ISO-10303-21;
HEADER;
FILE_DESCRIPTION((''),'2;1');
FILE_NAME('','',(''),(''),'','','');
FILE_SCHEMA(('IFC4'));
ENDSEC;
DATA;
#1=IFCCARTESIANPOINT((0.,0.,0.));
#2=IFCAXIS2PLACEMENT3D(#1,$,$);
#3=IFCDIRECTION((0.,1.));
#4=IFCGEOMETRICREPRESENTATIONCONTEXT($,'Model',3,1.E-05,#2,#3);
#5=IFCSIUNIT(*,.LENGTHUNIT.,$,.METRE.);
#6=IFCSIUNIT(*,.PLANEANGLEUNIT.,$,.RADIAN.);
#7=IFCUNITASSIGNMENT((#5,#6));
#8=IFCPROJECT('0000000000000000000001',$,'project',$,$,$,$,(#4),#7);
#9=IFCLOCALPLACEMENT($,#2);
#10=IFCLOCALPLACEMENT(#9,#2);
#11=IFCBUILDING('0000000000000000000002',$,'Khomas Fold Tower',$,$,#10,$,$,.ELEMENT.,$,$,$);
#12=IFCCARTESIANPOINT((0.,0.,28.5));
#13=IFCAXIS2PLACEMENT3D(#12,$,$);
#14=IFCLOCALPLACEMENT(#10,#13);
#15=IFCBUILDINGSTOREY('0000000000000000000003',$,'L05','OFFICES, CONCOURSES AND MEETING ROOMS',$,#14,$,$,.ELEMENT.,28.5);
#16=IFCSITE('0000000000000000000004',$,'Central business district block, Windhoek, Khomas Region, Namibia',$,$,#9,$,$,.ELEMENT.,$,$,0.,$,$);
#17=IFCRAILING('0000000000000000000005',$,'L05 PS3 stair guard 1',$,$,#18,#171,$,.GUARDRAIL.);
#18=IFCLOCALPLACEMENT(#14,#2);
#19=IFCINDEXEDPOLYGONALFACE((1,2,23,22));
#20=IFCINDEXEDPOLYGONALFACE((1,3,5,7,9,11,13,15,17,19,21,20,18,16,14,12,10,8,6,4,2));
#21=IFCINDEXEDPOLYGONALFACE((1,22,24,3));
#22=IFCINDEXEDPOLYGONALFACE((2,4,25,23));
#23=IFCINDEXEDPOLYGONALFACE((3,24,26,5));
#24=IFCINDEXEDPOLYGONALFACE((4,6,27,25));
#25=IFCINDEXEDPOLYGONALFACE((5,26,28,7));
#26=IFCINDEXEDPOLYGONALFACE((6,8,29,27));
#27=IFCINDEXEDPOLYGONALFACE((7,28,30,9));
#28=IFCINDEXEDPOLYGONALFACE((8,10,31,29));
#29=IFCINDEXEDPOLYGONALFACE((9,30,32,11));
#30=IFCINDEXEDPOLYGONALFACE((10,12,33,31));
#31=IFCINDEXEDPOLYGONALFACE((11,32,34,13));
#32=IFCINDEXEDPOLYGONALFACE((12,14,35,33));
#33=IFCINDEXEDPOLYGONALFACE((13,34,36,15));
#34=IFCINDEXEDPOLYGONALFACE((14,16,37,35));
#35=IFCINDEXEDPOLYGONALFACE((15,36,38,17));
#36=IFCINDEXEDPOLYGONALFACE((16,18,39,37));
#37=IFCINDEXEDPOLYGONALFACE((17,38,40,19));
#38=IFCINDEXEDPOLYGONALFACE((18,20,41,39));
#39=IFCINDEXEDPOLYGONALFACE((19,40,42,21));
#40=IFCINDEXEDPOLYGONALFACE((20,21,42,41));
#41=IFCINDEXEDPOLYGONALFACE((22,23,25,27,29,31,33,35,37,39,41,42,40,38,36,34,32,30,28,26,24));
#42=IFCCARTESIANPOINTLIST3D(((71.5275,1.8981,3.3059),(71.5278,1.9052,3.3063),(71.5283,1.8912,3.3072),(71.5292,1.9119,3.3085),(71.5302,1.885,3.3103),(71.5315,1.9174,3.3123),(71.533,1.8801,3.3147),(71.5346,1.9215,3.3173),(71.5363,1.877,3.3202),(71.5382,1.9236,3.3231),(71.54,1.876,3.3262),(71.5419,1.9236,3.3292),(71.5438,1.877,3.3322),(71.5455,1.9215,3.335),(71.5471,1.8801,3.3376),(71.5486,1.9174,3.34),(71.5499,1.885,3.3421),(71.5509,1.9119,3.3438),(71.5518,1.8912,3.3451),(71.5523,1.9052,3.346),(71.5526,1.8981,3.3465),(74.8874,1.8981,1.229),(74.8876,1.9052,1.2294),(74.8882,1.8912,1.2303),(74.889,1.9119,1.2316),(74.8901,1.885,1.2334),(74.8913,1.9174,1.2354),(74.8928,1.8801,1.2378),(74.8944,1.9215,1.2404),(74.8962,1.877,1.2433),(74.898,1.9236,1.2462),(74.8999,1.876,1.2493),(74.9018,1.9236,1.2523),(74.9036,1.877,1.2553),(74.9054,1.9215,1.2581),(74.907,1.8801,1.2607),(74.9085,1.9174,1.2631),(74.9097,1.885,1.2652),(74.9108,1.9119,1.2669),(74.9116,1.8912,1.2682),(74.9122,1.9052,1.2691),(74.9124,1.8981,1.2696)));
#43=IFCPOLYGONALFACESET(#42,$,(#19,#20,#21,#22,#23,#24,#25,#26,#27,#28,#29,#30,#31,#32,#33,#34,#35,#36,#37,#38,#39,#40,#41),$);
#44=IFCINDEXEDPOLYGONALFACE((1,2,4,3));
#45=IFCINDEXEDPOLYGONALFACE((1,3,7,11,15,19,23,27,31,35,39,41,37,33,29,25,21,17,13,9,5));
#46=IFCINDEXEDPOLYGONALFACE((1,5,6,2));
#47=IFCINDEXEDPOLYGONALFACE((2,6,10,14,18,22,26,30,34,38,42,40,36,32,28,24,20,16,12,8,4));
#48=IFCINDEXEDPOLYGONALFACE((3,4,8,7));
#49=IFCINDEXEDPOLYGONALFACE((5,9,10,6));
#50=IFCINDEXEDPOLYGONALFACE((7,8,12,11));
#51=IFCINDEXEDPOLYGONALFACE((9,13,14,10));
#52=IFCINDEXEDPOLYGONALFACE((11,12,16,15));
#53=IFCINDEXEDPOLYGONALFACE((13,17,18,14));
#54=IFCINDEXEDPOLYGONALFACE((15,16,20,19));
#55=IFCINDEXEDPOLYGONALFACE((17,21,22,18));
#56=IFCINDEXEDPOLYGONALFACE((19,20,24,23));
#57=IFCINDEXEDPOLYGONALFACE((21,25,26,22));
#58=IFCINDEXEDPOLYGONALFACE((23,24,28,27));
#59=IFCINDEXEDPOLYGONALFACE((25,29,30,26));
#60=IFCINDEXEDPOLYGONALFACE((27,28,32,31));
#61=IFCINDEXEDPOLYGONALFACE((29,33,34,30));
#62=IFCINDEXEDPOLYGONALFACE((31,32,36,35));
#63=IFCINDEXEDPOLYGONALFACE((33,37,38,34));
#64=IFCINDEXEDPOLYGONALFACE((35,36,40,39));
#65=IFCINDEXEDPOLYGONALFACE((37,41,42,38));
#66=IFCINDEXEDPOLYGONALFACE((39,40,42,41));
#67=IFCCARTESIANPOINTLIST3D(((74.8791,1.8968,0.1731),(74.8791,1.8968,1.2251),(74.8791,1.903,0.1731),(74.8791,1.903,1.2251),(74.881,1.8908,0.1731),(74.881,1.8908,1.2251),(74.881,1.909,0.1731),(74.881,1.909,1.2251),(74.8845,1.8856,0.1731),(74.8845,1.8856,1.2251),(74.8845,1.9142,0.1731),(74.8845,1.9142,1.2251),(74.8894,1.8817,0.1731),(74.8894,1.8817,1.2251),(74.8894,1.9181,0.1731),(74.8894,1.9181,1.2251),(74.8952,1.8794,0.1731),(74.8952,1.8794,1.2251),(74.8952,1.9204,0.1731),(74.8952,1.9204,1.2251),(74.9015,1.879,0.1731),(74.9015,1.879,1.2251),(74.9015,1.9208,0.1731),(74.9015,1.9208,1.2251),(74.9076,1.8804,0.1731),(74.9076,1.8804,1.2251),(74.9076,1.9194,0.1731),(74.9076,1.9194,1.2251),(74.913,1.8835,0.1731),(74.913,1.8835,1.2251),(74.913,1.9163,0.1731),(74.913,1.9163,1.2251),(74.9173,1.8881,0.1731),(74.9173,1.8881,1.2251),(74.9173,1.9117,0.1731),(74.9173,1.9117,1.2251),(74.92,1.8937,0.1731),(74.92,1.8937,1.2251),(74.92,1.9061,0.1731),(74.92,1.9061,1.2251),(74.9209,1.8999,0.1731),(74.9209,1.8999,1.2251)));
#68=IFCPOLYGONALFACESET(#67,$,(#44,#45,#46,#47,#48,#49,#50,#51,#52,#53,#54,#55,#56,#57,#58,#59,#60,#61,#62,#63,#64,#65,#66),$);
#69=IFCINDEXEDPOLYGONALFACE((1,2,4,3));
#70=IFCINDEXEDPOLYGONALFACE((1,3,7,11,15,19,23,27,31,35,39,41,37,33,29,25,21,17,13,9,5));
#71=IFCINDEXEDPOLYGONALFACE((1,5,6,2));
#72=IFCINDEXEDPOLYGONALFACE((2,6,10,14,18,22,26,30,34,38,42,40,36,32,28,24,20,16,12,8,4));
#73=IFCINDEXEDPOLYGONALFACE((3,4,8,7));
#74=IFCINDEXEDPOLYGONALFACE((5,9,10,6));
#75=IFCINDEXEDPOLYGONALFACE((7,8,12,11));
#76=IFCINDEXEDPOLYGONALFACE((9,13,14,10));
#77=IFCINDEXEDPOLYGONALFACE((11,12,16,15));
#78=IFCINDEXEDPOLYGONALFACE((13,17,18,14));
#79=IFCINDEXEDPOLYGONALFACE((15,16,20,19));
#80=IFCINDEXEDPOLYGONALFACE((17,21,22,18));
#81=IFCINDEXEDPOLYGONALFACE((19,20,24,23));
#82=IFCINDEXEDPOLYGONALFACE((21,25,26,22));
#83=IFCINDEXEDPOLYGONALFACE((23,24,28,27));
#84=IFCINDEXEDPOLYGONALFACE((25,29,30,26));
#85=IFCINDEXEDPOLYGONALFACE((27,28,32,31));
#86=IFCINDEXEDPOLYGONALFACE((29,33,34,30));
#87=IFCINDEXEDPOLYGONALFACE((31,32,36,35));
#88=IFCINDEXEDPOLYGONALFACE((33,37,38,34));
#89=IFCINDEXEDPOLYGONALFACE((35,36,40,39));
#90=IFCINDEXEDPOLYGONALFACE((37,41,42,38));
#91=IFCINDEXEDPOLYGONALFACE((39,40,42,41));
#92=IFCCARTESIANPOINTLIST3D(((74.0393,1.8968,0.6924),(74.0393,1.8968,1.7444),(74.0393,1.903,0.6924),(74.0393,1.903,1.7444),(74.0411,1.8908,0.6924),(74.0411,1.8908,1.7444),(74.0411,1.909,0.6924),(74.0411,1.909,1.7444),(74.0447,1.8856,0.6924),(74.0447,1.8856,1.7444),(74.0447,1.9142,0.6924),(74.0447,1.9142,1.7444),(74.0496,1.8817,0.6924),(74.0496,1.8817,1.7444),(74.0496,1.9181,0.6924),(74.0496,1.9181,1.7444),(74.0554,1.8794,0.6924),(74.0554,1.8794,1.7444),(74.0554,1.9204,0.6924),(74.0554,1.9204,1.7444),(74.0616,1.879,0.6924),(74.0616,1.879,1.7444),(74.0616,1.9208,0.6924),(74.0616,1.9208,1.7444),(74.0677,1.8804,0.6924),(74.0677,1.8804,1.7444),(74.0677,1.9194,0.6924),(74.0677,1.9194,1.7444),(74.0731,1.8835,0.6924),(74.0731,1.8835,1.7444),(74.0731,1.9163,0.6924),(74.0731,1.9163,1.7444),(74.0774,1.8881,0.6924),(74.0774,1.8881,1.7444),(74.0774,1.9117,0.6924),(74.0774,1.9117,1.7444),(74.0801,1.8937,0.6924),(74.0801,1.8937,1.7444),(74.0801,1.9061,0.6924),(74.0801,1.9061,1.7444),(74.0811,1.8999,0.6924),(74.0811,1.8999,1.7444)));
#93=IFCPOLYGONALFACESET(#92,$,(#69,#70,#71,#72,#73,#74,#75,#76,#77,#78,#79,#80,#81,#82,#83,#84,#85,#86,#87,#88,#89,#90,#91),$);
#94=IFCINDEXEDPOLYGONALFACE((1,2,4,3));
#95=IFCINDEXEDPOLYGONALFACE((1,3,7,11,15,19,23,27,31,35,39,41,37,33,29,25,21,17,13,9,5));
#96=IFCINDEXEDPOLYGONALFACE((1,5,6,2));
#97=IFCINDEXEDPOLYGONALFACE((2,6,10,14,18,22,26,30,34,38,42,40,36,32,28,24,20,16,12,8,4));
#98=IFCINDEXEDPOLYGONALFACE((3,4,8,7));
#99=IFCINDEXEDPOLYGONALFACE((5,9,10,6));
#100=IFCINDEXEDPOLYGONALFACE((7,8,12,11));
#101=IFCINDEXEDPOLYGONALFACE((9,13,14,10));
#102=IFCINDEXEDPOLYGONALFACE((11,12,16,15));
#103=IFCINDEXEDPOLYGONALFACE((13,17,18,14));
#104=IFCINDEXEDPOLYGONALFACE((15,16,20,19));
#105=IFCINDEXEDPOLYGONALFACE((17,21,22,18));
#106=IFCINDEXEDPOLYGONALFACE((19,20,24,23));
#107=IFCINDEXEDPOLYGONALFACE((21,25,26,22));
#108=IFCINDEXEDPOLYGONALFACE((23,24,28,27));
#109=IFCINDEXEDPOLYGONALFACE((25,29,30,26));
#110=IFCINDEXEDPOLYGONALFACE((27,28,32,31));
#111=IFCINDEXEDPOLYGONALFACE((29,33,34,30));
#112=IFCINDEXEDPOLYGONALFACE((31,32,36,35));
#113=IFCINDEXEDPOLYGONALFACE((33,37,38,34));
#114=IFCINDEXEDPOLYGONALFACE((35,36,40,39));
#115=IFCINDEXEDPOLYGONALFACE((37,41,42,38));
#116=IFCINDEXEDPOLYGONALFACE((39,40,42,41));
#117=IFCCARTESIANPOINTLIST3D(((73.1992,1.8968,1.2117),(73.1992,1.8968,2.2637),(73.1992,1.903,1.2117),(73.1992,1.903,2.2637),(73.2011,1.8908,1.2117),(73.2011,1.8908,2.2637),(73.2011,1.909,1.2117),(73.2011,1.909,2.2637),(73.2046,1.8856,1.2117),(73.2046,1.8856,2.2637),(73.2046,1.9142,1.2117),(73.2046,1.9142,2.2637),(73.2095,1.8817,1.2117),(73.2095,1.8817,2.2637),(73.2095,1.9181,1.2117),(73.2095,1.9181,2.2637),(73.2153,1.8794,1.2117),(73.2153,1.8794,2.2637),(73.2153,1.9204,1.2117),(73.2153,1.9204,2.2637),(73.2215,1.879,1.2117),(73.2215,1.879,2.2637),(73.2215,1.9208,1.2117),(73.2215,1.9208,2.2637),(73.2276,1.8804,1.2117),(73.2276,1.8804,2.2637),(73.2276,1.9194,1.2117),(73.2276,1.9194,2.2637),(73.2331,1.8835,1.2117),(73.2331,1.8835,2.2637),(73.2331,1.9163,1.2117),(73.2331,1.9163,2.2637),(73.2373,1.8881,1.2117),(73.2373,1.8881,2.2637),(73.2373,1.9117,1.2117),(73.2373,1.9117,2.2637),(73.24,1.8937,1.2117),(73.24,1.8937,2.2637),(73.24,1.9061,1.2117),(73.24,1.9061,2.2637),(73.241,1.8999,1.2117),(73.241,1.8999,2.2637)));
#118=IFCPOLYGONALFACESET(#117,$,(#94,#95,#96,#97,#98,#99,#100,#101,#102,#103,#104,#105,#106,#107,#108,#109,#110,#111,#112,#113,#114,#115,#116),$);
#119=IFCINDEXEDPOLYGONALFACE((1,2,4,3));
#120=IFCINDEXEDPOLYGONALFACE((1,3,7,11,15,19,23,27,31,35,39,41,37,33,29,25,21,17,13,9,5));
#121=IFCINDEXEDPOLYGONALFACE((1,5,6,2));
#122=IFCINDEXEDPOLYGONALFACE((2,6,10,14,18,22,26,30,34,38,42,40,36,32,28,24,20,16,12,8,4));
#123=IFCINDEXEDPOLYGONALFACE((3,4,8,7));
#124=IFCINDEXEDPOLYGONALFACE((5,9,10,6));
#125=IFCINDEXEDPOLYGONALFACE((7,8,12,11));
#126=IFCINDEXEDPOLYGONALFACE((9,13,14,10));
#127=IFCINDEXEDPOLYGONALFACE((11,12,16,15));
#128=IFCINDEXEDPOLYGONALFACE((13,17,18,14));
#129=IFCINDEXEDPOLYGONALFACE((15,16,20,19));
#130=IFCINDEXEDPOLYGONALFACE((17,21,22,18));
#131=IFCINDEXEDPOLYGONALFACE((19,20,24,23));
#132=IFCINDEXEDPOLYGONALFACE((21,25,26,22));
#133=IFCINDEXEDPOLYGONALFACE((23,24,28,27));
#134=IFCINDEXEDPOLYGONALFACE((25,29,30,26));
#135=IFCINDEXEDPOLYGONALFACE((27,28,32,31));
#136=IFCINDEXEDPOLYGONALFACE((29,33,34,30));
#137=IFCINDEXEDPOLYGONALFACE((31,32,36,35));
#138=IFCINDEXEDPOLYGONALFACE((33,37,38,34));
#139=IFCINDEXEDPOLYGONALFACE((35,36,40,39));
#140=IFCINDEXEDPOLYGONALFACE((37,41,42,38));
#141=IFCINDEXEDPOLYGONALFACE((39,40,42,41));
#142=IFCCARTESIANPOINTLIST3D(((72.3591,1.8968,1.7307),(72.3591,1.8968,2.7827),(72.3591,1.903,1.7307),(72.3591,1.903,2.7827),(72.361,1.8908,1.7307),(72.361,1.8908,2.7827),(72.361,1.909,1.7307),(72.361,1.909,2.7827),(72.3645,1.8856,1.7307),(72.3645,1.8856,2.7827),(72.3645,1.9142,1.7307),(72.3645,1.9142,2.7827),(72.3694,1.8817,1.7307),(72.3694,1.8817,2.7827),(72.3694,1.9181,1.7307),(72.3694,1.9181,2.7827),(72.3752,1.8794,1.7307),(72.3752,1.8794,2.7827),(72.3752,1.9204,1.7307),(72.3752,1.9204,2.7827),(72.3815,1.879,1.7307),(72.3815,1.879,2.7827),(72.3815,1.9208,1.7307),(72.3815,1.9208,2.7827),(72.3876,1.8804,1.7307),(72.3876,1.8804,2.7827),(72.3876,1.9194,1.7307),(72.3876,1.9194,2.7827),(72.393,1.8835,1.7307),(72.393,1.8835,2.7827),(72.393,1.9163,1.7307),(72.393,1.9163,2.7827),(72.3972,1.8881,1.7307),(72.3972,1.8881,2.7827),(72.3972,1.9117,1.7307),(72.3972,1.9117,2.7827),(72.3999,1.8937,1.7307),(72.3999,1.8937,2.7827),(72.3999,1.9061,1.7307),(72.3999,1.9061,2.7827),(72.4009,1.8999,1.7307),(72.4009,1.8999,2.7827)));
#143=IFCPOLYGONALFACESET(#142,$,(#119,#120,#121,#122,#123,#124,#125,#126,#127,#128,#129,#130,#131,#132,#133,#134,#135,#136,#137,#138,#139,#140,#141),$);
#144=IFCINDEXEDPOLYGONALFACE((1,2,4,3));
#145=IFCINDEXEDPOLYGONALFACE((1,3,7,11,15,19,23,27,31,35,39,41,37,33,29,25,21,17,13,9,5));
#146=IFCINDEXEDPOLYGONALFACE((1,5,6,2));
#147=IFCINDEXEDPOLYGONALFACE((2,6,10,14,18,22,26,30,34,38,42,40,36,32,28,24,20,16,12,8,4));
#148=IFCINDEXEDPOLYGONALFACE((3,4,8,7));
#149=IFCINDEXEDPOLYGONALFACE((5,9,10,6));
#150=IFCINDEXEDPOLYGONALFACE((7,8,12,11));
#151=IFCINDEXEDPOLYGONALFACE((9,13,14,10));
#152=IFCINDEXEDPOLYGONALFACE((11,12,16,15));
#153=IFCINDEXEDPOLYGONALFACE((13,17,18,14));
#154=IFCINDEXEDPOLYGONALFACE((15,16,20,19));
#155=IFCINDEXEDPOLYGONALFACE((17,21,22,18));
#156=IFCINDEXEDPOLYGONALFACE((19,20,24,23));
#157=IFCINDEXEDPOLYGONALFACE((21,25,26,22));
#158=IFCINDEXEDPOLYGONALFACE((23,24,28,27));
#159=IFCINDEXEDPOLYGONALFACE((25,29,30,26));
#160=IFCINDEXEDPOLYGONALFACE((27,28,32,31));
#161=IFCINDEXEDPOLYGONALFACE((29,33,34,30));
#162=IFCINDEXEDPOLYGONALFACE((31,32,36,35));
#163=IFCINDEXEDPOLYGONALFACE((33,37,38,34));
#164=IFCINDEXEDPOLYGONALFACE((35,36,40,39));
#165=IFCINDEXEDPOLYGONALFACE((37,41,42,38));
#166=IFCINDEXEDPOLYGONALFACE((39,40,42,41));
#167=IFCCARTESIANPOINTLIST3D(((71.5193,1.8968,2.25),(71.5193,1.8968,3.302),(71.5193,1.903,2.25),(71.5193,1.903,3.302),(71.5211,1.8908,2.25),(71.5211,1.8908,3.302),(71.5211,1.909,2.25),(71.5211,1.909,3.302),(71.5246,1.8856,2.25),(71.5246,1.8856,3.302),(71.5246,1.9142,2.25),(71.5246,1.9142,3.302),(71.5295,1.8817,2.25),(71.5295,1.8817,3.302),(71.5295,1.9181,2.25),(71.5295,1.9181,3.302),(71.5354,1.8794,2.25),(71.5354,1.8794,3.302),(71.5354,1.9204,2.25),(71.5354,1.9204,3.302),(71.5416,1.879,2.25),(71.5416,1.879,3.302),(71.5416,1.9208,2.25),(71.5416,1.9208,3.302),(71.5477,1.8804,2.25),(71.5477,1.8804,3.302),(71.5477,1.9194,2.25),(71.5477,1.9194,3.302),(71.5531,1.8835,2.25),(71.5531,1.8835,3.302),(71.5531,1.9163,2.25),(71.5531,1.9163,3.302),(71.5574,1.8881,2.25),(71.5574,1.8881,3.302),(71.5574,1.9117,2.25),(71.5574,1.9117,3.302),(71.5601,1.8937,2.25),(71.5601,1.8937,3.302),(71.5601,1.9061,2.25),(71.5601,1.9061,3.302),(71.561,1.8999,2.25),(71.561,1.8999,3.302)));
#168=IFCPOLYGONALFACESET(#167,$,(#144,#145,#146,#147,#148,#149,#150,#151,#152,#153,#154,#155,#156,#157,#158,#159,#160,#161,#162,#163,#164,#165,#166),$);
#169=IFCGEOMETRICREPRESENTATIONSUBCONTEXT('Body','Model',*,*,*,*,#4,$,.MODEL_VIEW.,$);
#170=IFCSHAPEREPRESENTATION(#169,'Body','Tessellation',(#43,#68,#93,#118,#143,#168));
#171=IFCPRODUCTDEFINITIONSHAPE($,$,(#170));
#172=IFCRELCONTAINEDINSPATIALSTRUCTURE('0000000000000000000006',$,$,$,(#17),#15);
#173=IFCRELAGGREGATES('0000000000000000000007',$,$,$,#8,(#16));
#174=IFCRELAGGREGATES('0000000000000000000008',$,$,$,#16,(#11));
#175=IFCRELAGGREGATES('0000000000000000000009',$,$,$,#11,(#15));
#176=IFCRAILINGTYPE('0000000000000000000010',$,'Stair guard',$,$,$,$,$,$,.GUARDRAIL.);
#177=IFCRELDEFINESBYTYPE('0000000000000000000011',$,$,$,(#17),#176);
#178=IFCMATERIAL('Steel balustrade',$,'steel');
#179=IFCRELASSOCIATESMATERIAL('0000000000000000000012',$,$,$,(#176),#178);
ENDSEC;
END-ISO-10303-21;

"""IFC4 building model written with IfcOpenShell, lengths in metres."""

from ifc_helpers import new_model, si_unit, direction, frame, origin, origin_2d, place, context, subcontext, project, spatial, circle, extrude, source, transform, mapped, material, type_object, element, save


model = new_model("IFC4")

# Units and contexts
model_context = context("Model", 3, precision=1e-05, world=origin(), true_north=direction((0.0, 1.0)))
body_context = subcontext(model_context, "Body", "Model", "MODEL_VIEW")
ifc_project = project(units=[si_unit("LENGTHUNIT", "METRE"), si_unit("PLANEANGLEUNIT", "RADIAN")], contexts=[model_context])

# Site, building, storey
site_placement = place(None, origin())
site = spatial("IfcSite", under=ifc_project, at=site_placement, Name="Central business district block, Windhoek, Khomas Region, Namibia", CompositionType="ELEMENT", RefElevation=0.0)
building_placement = place(site_placement, origin())
building = spatial("IfcBuilding", under=site, at=building_placement, Name="Khomas Fold Tower", CompositionType="ELEMENT")
storey_placement = place(building_placement, frame((0.0, 0.0, 28.5)))
storey = spatial("IfcBuildingStorey", under=building, at=storey_placement, Name="L05", Description="OFFICES, CONCOURSES AND MEETING ROOMS", CompositionType="ELEMENT", Elevation=28.5)

# Railing
ifc_material_1 = material(Name="Steel balustrade", Category="steel")
railing_type_1 = type_object("IfcRailingType", Name="Stair guard", PredefinedType="GUARDRAIL", material=ifc_material_1)
shared_shape_1 = source(origin(), body_context, "Body", "SweptSolid", [
    extrude(circle(Radius=0.0239, at=origin_2d()), frame((0.0, 0.0, 1.0762), z_axis=(-0.850606, 0.0, 0.525803), x_axis=(0.0, -1.0, 0.0)), (0.0, 0.0, 1.0), 3.95),
    extrude(circle(Radius=0.021, at=origin_2d()), origin(), (0.0, 0.0, 1.0), 1.052),
    extrude(circle(Radius=0.021, at=origin_2d()), frame((-0.8398, 0.0, 0.5193)), (0.0, 0.0, 1.0), 1.052),
    extrude(circle(Radius=0.021, at=origin_2d()), frame((-1.6799, 0.0, 1.0386)), (0.0, 0.0, 1.0), 1.052),
    extrude(circle(Radius=0.021, at=origin_2d()), frame((-2.52, 0.0, 1.5576)), (0.0, 0.0, 1.0), 1.052),
    extrude(circle(Radius=0.021, at=origin_2d()), frame((-3.3599, 0.0, 2.0769)), (0.0, 0.0, 1.0), 1.052),
])
railing_1_placement = place(storey_placement, frame((74.8999, 1.8999, 0.1731)))
element("IfcRailing", 1, at=railing_1_placement, inside=storey, type_object=railing_type_1, Name="L05 PS3 stair guard 1", PredefinedType="GUARDRAIL", context=body_context, shape_type="MappedRepresentation", body=[
    mapped(shared_shape_1, transform((0.0, 0.0, 0.0))),
])

save(model, "model.ifc")
